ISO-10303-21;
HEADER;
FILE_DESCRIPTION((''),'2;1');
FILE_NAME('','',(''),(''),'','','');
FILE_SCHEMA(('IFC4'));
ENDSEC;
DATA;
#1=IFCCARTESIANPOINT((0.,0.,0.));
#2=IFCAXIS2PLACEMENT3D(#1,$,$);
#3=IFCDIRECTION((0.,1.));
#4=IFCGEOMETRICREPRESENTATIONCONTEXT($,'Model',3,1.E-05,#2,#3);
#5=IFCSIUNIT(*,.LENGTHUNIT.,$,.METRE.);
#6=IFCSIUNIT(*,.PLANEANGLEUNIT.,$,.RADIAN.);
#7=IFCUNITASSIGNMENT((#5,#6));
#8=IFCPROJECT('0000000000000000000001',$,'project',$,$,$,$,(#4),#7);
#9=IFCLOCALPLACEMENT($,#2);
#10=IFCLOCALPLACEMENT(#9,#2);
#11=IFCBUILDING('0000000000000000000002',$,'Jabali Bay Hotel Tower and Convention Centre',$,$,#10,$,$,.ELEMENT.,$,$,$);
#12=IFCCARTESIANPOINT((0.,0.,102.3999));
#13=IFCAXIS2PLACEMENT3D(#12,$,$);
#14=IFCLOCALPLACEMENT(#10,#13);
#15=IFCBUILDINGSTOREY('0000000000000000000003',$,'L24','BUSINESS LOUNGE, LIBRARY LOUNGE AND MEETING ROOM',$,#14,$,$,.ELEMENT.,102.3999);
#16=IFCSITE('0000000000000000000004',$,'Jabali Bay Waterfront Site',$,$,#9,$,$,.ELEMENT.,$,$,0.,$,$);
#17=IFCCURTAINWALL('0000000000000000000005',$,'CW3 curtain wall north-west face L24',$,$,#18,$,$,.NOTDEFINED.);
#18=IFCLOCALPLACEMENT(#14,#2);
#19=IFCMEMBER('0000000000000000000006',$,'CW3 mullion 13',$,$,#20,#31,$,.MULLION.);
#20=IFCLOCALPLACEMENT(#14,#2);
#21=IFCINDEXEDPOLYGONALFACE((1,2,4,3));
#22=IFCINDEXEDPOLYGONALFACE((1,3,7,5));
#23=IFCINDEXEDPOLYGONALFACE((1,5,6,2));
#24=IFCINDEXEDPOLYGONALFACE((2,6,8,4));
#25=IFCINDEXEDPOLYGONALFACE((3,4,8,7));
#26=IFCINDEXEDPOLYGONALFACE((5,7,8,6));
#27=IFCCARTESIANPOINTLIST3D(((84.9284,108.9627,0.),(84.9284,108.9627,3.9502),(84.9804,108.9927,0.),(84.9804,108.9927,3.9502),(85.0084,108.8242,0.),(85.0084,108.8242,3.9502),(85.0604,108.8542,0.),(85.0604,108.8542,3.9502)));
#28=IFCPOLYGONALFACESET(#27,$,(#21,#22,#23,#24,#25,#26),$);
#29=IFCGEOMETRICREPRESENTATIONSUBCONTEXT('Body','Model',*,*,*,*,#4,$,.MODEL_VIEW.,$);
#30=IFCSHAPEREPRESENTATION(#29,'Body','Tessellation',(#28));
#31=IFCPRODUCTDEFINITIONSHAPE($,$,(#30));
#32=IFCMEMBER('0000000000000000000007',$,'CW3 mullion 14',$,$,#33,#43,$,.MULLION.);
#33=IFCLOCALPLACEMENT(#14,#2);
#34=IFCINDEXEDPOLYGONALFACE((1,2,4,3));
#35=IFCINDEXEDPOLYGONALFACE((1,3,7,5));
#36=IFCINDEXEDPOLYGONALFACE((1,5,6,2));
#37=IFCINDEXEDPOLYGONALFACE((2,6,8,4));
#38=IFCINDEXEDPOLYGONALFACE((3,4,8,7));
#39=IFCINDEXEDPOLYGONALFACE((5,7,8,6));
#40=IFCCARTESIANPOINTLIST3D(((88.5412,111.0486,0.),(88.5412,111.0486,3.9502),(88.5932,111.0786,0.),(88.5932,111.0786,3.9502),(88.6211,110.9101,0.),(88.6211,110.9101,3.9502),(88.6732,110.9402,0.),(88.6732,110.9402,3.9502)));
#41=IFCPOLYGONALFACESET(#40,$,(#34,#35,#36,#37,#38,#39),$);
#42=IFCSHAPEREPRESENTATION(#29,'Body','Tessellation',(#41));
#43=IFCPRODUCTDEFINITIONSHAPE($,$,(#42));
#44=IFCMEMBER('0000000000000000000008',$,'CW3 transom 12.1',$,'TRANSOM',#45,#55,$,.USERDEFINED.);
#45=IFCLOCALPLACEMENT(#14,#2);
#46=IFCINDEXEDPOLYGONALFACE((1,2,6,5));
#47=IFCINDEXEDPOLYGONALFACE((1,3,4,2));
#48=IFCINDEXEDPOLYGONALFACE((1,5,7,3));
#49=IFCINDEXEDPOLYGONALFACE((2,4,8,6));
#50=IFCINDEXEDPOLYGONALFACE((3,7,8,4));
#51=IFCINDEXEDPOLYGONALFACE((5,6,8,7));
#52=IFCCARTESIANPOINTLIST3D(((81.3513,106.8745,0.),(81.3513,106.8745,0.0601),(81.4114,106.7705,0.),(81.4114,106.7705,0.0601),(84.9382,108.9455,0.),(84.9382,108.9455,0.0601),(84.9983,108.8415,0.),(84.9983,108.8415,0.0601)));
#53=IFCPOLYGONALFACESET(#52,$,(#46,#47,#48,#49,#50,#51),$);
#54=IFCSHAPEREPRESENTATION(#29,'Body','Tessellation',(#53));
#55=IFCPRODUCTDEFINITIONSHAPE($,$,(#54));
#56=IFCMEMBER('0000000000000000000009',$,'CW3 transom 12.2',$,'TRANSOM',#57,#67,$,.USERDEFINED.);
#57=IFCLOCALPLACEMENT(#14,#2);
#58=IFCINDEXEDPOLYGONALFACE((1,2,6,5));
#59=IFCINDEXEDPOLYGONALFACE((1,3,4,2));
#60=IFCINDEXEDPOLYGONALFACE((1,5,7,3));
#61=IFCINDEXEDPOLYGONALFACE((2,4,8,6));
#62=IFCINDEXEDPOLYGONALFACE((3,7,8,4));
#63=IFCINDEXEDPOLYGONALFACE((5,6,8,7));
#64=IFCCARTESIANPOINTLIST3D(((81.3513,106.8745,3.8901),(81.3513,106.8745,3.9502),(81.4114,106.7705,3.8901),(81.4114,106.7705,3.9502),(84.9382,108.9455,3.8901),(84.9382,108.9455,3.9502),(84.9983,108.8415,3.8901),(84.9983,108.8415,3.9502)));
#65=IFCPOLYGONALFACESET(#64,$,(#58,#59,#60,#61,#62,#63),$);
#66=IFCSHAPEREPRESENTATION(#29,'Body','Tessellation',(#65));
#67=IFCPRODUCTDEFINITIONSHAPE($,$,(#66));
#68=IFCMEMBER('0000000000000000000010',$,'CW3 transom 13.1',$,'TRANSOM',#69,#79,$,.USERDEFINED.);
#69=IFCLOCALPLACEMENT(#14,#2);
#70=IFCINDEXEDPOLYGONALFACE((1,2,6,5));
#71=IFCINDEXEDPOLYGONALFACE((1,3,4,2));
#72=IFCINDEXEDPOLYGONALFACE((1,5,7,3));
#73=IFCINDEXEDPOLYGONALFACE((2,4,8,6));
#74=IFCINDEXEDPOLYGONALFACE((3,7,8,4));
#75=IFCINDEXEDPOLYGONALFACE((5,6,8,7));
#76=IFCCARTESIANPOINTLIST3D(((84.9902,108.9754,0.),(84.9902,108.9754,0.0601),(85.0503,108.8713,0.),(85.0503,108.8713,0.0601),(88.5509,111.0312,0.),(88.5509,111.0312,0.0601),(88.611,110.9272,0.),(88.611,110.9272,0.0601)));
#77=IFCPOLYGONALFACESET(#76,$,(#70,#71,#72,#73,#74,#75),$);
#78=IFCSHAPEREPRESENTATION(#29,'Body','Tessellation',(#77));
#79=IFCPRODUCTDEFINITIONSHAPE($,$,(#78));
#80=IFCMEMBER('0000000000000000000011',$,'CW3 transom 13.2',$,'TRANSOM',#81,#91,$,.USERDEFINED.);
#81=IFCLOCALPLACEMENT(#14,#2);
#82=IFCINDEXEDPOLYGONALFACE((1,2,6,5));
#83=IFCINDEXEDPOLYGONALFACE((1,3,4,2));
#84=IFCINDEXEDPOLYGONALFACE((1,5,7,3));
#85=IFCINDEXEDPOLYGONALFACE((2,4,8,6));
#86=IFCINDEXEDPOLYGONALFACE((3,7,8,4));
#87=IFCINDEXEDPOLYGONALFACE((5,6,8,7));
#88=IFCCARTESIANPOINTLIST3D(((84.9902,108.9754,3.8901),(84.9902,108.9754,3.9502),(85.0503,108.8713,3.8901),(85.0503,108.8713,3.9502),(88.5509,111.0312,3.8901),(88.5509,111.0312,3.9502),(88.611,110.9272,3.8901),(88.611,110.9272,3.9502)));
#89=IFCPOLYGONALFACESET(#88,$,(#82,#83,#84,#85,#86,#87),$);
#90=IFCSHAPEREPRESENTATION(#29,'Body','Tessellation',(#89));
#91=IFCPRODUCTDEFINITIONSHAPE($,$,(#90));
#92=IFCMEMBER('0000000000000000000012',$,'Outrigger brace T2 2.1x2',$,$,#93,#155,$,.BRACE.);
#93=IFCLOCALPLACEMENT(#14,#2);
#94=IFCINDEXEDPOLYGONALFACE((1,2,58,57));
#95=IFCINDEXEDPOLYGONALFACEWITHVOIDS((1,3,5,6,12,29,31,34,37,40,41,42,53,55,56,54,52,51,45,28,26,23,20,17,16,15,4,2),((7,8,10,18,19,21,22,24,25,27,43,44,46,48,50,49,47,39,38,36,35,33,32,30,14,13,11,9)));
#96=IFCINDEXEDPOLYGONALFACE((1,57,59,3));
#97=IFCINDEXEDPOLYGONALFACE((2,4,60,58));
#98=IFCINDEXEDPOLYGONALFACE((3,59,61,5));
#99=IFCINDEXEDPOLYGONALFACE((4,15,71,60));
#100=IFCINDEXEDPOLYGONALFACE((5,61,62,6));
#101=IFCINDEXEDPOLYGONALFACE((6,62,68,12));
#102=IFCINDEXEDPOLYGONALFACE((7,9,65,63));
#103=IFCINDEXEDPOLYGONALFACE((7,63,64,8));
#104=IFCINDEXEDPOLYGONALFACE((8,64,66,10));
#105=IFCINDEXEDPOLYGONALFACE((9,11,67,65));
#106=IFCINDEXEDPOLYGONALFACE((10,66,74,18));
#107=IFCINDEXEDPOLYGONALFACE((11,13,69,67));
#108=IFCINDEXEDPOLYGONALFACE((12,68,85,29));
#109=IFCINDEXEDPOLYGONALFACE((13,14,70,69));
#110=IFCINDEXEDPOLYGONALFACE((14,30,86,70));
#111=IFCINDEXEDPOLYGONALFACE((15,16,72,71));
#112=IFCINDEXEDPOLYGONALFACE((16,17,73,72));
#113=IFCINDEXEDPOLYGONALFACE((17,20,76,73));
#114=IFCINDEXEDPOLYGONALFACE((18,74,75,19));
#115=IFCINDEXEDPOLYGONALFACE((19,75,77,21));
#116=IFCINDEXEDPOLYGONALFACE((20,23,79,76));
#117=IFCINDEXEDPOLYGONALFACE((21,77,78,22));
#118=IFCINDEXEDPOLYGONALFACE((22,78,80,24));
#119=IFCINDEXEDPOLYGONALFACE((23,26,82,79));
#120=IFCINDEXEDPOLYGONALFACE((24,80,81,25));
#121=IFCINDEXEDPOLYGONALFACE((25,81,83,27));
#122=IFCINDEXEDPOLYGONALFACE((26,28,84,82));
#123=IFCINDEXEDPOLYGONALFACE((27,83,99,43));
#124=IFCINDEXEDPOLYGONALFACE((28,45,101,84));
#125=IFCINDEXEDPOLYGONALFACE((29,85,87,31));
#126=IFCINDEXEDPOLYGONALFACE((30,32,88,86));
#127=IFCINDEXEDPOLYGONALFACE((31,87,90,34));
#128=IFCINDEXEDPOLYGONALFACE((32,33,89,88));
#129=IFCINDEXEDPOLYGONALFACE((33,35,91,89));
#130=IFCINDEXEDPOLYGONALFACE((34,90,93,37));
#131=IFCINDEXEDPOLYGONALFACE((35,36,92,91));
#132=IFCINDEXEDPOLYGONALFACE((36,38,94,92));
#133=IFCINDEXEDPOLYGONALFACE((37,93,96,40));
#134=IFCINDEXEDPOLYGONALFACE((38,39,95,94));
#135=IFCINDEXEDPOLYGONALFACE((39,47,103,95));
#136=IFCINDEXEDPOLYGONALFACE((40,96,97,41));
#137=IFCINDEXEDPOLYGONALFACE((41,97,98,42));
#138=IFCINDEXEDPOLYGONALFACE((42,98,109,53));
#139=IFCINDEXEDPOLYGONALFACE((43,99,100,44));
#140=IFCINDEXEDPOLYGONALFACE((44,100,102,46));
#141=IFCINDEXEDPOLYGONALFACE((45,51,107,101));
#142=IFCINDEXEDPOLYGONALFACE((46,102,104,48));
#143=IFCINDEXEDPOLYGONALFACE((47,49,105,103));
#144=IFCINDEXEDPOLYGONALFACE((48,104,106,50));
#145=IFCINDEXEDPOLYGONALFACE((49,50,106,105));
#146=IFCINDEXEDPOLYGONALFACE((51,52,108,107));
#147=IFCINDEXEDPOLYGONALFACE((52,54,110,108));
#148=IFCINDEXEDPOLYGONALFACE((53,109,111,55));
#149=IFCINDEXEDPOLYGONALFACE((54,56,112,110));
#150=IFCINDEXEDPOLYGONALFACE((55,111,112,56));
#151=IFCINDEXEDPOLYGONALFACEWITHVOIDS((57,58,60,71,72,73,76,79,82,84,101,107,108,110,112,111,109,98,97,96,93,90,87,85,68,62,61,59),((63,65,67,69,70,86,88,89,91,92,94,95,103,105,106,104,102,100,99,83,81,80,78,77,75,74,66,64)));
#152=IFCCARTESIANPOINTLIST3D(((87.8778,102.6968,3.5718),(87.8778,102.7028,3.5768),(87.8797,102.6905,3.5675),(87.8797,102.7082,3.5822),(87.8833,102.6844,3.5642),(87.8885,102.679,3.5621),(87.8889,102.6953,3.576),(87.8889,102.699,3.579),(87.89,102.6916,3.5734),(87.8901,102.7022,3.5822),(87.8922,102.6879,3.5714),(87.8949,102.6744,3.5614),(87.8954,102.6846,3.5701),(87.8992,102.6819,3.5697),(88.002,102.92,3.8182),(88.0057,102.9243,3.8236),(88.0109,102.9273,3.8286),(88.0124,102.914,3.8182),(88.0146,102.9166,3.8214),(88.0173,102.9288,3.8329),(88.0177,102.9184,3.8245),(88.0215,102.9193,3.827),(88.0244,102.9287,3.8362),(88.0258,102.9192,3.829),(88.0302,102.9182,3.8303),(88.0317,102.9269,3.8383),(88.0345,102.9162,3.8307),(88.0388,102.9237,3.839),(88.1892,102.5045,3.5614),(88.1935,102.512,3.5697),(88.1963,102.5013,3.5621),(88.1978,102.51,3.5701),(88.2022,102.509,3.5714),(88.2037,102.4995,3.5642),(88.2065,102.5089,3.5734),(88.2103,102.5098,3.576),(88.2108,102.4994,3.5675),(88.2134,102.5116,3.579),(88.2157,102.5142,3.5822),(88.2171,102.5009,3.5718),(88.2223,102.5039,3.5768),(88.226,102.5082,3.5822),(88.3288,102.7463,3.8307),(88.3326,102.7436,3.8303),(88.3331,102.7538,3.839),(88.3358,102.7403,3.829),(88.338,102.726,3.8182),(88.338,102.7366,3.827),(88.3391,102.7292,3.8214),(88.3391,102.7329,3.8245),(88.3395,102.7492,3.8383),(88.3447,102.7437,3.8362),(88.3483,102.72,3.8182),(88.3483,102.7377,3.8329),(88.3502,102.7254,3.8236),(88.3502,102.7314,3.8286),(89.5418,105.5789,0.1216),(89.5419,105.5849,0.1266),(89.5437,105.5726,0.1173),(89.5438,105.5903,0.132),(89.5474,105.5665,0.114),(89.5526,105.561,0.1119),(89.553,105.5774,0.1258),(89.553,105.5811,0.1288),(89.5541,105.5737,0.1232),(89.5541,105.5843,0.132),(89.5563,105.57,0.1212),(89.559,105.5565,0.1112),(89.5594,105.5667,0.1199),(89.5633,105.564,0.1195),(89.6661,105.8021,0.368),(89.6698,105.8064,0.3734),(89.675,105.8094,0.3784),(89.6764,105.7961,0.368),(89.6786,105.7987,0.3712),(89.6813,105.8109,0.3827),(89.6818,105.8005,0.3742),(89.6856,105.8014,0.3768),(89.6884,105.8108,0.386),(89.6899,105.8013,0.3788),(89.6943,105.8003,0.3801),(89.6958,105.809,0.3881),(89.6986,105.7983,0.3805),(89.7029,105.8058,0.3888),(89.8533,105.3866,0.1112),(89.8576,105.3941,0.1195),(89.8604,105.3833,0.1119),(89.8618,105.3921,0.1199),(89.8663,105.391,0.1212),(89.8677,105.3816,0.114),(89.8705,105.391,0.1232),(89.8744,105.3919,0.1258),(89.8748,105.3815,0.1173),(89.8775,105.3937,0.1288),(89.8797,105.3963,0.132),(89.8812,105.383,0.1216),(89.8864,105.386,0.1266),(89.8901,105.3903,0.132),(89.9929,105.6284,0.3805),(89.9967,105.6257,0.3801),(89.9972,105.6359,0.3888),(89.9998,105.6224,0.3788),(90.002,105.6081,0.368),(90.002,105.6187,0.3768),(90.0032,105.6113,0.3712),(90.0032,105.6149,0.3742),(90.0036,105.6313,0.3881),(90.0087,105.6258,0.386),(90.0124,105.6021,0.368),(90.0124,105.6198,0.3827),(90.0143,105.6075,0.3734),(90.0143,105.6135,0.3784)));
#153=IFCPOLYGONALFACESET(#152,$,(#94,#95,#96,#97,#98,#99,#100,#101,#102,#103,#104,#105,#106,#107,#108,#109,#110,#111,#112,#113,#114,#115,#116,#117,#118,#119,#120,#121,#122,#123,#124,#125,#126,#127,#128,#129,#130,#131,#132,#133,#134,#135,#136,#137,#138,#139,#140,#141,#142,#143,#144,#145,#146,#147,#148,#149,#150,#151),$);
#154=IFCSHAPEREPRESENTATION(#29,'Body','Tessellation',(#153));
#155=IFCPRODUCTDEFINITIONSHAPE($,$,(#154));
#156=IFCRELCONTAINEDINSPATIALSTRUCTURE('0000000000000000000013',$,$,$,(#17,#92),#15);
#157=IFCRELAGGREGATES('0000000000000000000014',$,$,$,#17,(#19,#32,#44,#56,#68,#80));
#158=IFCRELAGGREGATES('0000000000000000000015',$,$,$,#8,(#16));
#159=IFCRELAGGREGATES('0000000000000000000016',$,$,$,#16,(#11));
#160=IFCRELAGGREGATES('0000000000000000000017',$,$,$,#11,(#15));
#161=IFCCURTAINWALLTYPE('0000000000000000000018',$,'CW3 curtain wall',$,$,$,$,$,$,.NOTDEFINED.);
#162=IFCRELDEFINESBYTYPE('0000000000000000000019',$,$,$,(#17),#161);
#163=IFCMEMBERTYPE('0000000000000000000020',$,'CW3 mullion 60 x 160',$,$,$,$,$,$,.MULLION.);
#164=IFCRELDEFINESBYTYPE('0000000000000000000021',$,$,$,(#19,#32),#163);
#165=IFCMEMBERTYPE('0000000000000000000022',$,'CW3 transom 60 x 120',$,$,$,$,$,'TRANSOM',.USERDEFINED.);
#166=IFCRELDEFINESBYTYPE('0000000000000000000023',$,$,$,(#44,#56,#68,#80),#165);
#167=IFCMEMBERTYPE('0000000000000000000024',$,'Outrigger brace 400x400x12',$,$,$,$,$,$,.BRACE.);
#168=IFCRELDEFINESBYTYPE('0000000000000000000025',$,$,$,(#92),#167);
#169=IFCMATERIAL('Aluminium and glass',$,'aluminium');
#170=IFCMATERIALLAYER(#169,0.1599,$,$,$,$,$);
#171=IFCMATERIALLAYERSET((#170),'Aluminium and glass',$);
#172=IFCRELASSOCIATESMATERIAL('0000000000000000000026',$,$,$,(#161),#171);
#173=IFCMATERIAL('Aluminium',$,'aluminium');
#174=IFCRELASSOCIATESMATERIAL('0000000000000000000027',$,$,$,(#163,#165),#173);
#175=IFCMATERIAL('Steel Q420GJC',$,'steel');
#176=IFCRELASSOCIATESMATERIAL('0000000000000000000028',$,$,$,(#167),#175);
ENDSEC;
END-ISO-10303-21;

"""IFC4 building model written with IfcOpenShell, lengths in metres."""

from ifc_helpers import new_model, si_unit, direction, frame, origin, origin_2d, place, context, subcontext, project, spatial, rectangle, hollow_rectangle, extrude, material, layer, layer_set, material_profile, profile_set, type_object, element, aggregate, save


model = new_model("IFC4")

# Units and contexts
model_context = context("Model", 3, precision=1e-05, world=origin(), true_north=direction((0.0, 1.0)))
body_context = subcontext(model_context, "Body", "Model", "MODEL_VIEW")
ifc_project = project(units=[si_unit("LENGTHUNIT", "METRE"), si_unit("PLANEANGLEUNIT", "RADIAN")], contexts=[model_context])

# Site, building, storey
site_placement = place(None, origin())
site = spatial("IfcSite", under=ifc_project, at=site_placement, Name="Jabali Bay Waterfront Site", CompositionType="ELEMENT", RefElevation=0.0)
building_placement = place(site_placement, origin())
building = spatial("IfcBuilding", under=site, at=building_placement, Name="Jabali Bay Hotel Tower and Convention Centre", CompositionType="ELEMENT")
storey_placement = place(building_placement, frame((0.0, 0.0, 102.3999)))
storey = spatial("IfcBuildingStorey", under=building, at=storey_placement, Name="L24", Description="BUSINESS LOUNGE, LIBRARY LOUNGE AND MEETING ROOM", CompositionType="ELEMENT", Elevation=102.3999)

# Shared definitions
ifc_material_1 = material(Name="Steel Q420GJC", Category="steel")

# Curtain wall, members
ifc_material_2 = material(Name="Aluminium and glass", Category="aluminium")
ifc_layer_1 = layer(ifc_material_2, 0.1599)
ifc_layer_set_1 = layer_set([ifc_layer_1], Name="Aluminium and glass")
curtain_wall_type = type_object("IfcCurtainWallType", Name="CW3 curtain wall", PredefinedType="NOTDEFINED", material=ifc_layer_set_1)
curtain_wall_placement = place(storey_placement, origin())
curtain_wall = element("IfcCurtainWall", 1, at=curtain_wall_placement, inside=storey, type_object=curtain_wall_type, Name="CW3 curtain wall north-west face L24", PredefinedType="NOTDEFINED")
ifc_material_3 = material(Name="Aluminium", Category="aluminium")
ifc_material_profile_1 = material_profile(ifc_material_3, rectangle(XDim=0.1599, YDim=0.0601, at=origin_2d()), Name="CW3 mullion 60 x 160")
ifc_profile_set_1 = profile_set([ifc_material_profile_1], Name="Aluminium")
member_type_1 = type_object("IfcMemberType", Name="CW3 mullion 60 x 160", PredefinedType="MULLION", material=ifc_profile_set_1)
member_1_placement = place(storey_placement, frame((84.9944, 108.9084, 0.0), z_axis=(0.0, 0.0, 1.0), x_axis=(-0.5, 0.866025, 0.0)))
member_1 = element("IfcMember", 2, at=member_1_placement, type_object=member_type_1, Name="CW3 mullion 13", PredefinedType="MULLION", context=body_context, shape_type="SweptSolid", body=[
    extrude(rectangle(XDim=0.1599, YDim=0.0601, at=origin_2d()), origin(), (0.0, 0.0, 1.0), 3.9502),
])
member_2_placement = place(storey_placement, frame((88.6072, 110.9944, 0.0), z_axis=(0.0, 0.0, 1.0), x_axis=(-0.5, 0.866025, 0.0)))
member_2 = element("IfcMember", 3, at=member_2_placement, type_object=member_type_1, Name="CW3 mullion 14", PredefinedType="MULLION", context=body_context, shape_type="SweptSolid", body=[
    extrude(rectangle(XDim=0.1599, YDim=0.0601, at=origin_2d()), origin(), (0.0, 0.0, 1.0), 3.9502),
])
ifc_material_profile_2 = material_profile(ifc_material_3, rectangle(XDim=0.1201, YDim=0.0601, at=origin_2d()), Name="CW3 transom 60 x 120")
ifc_profile_set_2 = profile_set([ifc_material_profile_2], Name="Aluminium")
member_type_2 = type_object("IfcMemberType", Name="CW3 transom 60 x 120", ElementType="TRANSOM", PredefinedType="USERDEFINED", material=ifc_profile_set_2)
member_3_placement = place(storey_placement, frame((81.3813, 106.8225, 0.03), z_axis=(0.866011, 0.500025, 0.0), x_axis=(-0.500025, 0.866011, 0.0)))
member_3 = element("IfcMember", 4, at=member_3_placement, type_object=member_type_2, Name="CW3 transom 12.1", ObjectType="TRANSOM", PredefinedType="USERDEFINED", context=body_context, shape_type="SweptSolid", body=[
    extrude(rectangle(XDim=0.1201, YDim=0.0601, at=origin_2d()), origin(), (0.0, 0.0, 1.0), 4.1418),
])
member_4_placement = place(storey_placement, frame((81.3813, 106.8225, 3.9202), z_axis=(0.866011, 0.500025, 0.0), x_axis=(-0.500025, 0.866011, 0.0)))
member_4 = element("IfcMember", 5, at=member_4_placement, type_object=member_type_2, Name="CW3 transom 12.2", ObjectType="TRANSOM", PredefinedType="USERDEFINED", context=body_context, shape_type="SweptSolid", body=[
    extrude(rectangle(XDim=0.1201, YDim=0.0601, at=origin_2d()), origin(), (0.0, 0.0, 1.0), 4.1418),
])
member_5_placement = place(storey_placement, frame((85.0203, 108.9233, 0.03), z_axis=(0.866016, 0.500015, 0.0), x_axis=(-0.500015, 0.866016, 0.0)))
member_5 = element("IfcMember", 6, at=member_5_placement, type_object=member_type_2, Name="CW3 transom 13.1", ObjectType="TRANSOM", PredefinedType="USERDEFINED", context=body_context, shape_type="SweptSolid", body=[
    extrude(rectangle(XDim=0.1201, YDim=0.0601, at=origin_2d()), origin(), (0.0, 0.0, 1.0), 4.1116),
])
member_6_placement = place(storey_placement, frame((85.0203, 108.9233, 3.9202), z_axis=(0.866016, 0.500015, 0.0), x_axis=(-0.500015, 0.866016, 0.0)))
member_6 = element("IfcMember", 7, at=member_6_placement, type_object=member_type_2, Name="CW3 transom 13.2", ObjectType="TRANSOM", PredefinedType="USERDEFINED", context=body_context, shape_type="SweptSolid", body=[
    extrude(rectangle(XDim=0.1201, YDim=0.0601, at=origin_2d()), origin(), (0.0, 0.0, 1.0), 4.1116),
])

# Member
ifc_material_profile_3 = material_profile(ifc_material_1, hollow_rectangle(XDim=0.3999, YDim=0.3999, WallThickness=0.012, InnerFilletRadius=0.0181, OuterFilletRadius=0.03, at=origin_2d()), Name="Outrigger brace 400x400x12")
ifc_profile_set_3 = profile_set([ifc_material_profile_3], Name="Steel Q420GJC")
member_type_3 = type_object("IfcMemberType", Name="Outrigger brace 400x400x12", PredefinedType="BRACE", material=ifc_profile_set_3)
member_7_placement = place(storey_placement, frame((89.7781, 105.5962, 0.25), z_axis=(-0.347137, -0.601225, 0.719739), x_axis=(0.866013, -0.500021, 0.0)))
element("IfcMember", 8, at=member_7_placement, inside=storey, type_object=member_type_3, Name="Outrigger brace T2 2.1x2", PredefinedType="BRACE", context=body_context, shape_type="SweptSolid", body=[
    extrude(hollow_rectangle(XDim=0.3999, YDim=0.3999, WallThickness=0.012, InnerFilletRadius=0.0181, OuterFilletRadius=0.03, at=origin_2d()), origin(), (0.0, 0.0, 1.0), 4.7937),
])

aggregate(curtain_wall, [member_1, member_2, member_3, member_4, member_5, member_6])

save(model, "model.ifc")
